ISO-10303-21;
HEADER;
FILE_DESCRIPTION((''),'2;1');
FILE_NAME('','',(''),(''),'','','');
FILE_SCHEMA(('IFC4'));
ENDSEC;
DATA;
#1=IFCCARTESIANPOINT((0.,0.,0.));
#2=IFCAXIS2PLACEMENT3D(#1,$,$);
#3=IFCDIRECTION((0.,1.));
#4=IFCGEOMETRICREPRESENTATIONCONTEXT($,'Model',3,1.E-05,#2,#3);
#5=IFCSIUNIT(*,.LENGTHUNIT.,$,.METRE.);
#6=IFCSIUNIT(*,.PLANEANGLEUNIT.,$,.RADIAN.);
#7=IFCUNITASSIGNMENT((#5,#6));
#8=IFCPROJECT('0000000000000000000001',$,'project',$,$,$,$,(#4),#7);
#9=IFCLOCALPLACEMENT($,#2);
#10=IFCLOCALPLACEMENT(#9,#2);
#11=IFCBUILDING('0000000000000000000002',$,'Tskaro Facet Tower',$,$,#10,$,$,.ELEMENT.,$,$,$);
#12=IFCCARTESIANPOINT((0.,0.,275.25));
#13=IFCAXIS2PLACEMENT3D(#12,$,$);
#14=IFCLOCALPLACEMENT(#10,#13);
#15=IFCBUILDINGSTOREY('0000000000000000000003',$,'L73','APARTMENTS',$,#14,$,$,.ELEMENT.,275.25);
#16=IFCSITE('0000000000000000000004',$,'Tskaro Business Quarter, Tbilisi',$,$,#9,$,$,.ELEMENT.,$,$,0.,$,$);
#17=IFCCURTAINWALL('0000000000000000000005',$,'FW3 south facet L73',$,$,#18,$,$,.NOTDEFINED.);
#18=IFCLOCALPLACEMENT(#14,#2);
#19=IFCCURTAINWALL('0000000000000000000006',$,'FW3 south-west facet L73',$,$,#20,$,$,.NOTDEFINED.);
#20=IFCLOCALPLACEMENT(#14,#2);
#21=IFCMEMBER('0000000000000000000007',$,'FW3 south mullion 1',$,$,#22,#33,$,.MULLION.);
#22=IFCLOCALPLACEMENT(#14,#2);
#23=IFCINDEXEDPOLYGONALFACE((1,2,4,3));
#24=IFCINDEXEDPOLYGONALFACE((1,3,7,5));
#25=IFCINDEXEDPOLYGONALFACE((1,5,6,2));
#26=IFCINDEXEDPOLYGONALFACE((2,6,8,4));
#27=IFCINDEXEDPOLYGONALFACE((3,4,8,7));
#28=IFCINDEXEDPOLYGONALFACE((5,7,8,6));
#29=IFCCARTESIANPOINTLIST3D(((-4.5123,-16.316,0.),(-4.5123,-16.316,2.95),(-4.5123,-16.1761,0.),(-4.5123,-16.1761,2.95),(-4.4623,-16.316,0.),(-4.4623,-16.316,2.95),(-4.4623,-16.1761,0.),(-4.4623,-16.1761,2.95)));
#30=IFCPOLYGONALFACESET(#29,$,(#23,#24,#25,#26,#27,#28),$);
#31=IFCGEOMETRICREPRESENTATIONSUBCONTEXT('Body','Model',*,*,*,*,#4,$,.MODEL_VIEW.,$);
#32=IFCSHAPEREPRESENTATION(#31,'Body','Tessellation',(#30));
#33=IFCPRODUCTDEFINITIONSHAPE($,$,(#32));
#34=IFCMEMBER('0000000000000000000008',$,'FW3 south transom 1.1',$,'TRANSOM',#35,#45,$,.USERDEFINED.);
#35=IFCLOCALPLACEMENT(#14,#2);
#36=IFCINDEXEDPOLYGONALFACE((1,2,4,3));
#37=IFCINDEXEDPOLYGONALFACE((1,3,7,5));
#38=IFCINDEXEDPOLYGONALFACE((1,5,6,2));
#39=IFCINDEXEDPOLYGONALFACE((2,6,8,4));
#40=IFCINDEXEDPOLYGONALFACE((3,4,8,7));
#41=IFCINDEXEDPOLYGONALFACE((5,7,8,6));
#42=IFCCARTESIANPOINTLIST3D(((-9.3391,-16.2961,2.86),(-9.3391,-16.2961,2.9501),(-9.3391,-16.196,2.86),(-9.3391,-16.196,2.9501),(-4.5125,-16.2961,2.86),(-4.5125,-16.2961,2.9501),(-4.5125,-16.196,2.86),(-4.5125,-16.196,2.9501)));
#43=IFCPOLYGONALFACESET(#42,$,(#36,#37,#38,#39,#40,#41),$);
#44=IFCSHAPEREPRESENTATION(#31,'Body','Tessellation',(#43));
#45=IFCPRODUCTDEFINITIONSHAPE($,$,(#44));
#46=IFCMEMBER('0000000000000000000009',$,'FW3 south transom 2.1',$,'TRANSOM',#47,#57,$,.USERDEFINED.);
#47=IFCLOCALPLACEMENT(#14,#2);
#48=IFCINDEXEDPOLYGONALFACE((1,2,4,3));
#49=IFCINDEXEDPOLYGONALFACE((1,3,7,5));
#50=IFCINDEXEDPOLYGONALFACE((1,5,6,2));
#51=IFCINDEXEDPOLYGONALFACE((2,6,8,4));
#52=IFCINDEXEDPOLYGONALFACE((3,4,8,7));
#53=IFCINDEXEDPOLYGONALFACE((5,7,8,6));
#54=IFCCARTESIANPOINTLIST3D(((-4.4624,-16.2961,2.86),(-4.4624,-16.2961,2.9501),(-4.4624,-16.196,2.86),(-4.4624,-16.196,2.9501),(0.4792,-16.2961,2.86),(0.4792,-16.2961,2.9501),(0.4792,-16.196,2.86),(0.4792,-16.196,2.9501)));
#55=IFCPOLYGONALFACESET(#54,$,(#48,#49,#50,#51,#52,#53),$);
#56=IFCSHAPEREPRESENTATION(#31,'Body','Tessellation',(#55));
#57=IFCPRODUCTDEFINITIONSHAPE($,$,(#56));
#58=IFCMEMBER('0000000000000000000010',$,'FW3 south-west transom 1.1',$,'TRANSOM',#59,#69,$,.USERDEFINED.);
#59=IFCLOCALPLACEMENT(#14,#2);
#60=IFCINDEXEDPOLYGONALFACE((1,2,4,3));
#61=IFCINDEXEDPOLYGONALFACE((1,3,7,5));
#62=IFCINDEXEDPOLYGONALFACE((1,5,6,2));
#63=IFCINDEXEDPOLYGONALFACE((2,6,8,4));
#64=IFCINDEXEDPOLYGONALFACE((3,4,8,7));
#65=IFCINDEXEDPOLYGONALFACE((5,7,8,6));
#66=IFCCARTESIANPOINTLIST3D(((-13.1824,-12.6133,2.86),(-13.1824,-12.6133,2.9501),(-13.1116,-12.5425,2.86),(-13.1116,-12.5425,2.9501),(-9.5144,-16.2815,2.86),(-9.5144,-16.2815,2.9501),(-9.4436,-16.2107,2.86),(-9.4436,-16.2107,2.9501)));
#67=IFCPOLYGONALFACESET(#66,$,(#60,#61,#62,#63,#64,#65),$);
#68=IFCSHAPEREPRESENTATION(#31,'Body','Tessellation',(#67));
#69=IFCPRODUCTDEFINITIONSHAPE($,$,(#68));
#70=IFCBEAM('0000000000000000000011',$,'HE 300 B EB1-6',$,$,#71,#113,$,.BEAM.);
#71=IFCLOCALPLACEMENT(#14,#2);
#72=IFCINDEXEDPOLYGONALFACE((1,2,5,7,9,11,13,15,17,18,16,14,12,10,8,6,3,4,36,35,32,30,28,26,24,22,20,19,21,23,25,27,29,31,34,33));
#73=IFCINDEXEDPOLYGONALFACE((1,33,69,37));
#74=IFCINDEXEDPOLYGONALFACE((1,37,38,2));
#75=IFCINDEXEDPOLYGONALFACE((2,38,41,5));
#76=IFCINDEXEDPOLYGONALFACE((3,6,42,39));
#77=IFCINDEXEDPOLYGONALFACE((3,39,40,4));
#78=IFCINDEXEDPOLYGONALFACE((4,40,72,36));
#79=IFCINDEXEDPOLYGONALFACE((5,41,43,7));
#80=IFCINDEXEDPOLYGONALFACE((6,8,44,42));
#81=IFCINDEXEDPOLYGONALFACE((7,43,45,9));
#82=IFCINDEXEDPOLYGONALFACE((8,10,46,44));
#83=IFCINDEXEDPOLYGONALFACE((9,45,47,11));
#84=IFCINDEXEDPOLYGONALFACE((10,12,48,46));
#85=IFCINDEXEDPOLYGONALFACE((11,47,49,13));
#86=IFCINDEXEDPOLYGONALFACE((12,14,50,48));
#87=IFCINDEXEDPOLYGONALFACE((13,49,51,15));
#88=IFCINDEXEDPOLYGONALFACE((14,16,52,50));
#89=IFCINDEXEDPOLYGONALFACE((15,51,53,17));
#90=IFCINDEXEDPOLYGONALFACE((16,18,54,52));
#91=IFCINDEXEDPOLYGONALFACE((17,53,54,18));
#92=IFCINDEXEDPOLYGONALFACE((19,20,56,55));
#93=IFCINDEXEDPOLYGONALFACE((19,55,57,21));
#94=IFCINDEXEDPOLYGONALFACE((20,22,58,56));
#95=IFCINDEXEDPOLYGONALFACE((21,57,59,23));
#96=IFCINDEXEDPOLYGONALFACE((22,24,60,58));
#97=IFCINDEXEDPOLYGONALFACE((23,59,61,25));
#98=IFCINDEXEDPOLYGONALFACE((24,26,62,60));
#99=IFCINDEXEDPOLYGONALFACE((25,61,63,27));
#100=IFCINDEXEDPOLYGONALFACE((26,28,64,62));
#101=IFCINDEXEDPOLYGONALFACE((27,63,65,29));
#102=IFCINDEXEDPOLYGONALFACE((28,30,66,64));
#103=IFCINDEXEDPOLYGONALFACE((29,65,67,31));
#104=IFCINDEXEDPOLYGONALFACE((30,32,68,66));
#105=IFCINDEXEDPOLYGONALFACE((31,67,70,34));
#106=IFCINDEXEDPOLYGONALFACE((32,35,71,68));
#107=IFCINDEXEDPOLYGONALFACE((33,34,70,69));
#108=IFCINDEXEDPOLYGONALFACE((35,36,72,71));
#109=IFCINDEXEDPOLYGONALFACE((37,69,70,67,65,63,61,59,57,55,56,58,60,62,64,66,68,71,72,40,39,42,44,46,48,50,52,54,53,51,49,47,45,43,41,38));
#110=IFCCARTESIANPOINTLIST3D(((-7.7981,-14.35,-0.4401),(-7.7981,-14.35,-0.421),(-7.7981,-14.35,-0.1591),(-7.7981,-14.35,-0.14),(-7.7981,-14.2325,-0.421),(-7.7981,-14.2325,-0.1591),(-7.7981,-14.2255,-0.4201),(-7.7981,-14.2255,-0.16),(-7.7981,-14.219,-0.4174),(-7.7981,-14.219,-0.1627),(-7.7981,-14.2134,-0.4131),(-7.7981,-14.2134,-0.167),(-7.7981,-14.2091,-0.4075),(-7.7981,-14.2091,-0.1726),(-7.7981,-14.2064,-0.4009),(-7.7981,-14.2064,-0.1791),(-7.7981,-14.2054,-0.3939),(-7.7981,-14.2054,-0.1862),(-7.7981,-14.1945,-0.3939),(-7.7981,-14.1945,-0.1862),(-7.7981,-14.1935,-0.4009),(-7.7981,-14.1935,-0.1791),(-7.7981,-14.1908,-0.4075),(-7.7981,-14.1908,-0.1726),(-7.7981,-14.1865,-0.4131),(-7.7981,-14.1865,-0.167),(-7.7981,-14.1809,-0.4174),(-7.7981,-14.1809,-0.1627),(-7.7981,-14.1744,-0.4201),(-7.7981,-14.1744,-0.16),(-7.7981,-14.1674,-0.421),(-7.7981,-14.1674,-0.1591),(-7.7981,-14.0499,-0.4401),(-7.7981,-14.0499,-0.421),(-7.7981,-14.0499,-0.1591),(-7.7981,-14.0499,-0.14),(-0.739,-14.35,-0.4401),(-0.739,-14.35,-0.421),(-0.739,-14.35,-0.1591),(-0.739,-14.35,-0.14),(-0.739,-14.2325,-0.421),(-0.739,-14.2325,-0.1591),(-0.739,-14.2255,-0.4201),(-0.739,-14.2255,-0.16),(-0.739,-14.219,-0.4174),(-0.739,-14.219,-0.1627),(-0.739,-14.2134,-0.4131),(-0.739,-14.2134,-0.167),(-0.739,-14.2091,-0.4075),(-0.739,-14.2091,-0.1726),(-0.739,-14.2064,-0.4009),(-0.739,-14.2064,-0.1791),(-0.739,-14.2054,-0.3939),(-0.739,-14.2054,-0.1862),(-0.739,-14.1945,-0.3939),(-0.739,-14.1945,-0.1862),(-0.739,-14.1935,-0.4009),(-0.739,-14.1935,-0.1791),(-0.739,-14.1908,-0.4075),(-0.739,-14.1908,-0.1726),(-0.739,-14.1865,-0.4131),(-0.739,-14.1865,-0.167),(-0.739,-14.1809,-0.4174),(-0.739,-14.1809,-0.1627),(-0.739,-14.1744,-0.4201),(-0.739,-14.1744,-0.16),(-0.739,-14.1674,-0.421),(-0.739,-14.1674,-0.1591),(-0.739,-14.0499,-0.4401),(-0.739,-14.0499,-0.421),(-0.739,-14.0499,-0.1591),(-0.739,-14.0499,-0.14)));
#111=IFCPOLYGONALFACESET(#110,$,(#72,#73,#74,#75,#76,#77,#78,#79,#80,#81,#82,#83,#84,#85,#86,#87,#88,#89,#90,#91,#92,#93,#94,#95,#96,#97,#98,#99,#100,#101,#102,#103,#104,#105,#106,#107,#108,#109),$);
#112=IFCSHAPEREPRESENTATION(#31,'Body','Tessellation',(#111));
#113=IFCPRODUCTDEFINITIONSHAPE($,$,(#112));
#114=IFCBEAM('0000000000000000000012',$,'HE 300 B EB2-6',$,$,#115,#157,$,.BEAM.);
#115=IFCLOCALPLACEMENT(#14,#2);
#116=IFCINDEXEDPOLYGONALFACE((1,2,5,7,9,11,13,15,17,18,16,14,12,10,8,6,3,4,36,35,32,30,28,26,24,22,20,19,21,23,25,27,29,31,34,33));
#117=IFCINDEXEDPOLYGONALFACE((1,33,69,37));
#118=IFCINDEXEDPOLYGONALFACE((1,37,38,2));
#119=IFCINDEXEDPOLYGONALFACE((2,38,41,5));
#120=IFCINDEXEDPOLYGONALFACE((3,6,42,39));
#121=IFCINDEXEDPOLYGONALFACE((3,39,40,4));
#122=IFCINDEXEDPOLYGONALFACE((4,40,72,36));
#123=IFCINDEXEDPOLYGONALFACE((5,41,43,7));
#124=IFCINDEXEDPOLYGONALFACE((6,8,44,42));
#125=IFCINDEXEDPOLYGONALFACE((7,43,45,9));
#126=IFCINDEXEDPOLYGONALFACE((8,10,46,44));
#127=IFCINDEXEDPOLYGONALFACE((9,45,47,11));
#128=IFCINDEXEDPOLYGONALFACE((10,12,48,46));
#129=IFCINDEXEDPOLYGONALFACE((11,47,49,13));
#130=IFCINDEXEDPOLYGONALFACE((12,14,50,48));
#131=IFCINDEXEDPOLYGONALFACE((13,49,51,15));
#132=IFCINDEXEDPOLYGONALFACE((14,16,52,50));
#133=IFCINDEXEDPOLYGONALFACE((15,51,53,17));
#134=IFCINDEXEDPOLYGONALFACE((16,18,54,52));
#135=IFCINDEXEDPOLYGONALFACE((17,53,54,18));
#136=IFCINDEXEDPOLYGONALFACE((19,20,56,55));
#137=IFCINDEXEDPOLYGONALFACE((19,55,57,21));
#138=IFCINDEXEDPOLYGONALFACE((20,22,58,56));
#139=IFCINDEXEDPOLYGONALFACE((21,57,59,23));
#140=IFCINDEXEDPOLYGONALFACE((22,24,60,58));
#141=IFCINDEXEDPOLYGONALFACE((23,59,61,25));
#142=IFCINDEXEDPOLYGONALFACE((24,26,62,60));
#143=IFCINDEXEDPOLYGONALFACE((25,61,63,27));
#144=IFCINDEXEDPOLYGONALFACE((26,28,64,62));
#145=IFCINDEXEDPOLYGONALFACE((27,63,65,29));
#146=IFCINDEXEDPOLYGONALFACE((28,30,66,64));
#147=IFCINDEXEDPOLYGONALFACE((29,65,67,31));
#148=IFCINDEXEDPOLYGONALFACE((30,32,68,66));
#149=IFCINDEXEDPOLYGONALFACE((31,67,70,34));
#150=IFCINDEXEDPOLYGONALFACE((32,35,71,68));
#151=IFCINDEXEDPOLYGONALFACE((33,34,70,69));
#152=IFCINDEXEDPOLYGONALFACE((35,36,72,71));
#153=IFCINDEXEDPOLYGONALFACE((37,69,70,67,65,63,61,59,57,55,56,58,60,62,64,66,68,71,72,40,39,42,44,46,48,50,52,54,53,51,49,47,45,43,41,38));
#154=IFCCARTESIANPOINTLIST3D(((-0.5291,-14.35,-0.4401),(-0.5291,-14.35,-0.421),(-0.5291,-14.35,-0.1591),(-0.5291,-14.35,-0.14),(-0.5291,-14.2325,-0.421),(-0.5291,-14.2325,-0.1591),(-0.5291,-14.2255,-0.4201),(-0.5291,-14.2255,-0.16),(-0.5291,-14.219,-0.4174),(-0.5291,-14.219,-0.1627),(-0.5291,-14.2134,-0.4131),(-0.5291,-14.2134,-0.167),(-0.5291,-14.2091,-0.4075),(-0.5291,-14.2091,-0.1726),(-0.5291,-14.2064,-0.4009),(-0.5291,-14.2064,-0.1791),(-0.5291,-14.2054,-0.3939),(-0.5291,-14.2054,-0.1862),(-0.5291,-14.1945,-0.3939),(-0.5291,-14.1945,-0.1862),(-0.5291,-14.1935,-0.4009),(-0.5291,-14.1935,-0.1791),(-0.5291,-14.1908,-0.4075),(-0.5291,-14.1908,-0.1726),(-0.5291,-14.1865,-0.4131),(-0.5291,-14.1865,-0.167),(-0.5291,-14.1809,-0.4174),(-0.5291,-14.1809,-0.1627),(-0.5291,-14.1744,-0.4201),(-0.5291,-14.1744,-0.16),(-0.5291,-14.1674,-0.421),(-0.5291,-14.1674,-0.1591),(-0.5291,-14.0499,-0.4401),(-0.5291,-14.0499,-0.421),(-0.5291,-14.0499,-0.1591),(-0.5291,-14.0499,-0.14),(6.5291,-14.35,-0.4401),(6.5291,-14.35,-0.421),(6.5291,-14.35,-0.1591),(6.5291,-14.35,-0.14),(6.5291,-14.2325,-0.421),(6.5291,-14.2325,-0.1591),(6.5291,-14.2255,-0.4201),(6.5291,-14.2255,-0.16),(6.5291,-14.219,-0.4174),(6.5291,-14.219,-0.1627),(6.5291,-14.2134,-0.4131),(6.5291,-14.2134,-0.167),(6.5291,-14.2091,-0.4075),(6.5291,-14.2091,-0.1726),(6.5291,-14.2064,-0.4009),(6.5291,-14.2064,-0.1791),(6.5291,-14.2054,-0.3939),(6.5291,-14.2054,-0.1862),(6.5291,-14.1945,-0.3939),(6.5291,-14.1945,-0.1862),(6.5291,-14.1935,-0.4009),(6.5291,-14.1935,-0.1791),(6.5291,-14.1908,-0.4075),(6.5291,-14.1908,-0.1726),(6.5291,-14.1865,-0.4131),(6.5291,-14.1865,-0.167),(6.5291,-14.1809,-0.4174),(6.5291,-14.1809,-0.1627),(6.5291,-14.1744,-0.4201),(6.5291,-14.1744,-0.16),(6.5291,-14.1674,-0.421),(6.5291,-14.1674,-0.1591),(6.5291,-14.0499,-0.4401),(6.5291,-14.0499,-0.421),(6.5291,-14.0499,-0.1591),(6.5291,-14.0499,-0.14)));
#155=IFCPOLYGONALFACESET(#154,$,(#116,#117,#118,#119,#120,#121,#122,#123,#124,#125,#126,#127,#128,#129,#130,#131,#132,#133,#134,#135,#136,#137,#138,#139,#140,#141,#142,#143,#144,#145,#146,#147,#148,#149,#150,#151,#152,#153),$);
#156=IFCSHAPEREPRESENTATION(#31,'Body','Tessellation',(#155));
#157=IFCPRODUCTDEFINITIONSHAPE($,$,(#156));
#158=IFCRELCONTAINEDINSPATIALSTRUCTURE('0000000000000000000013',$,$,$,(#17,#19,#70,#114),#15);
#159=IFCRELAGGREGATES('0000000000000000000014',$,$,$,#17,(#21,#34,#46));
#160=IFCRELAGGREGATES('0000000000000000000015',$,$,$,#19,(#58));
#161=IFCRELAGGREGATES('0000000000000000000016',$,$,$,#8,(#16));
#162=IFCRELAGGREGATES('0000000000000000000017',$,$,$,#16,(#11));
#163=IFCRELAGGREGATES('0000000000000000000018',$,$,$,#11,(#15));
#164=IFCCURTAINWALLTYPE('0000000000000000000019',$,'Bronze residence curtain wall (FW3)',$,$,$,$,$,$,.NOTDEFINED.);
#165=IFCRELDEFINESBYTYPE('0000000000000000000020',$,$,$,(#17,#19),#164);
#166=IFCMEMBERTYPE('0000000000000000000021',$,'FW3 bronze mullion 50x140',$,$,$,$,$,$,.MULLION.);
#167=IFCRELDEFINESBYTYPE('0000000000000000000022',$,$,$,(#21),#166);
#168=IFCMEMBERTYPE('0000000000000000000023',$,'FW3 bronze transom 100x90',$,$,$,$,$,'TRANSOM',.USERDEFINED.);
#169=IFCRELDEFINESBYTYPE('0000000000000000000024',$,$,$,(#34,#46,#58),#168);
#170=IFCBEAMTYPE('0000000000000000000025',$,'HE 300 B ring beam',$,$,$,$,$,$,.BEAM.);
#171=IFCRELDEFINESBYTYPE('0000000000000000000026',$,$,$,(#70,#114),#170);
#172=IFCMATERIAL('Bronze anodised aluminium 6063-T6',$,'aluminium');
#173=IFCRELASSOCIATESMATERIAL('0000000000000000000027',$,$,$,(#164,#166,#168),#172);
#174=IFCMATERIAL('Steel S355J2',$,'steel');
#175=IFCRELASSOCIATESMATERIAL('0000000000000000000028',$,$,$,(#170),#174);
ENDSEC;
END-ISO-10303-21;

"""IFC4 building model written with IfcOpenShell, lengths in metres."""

from ifc_helpers import new_model, si_unit, direction, frame, origin, origin_2d, place, context, subcontext, project, spatial, rectangle, i_section, extrude, material, material_profile, profile_set, type_object, element, aggregate, save


model = new_model("IFC4")

# Units and contexts
model_context = context("Model", 3, precision=1e-05, world=origin(), true_north=direction((0.0, 1.0)))
body_context = subcontext(model_context, "Body", "Model", "MODEL_VIEW")
ifc_project = project(units=[si_unit("LENGTHUNIT", "METRE"), si_unit("PLANEANGLEUNIT", "RADIAN")], contexts=[model_context])

# Site, building, storey
site_placement = place(None, origin())
site = spatial("IfcSite", under=ifc_project, at=site_placement, Name="Tskaro Business Quarter, Tbilisi", CompositionType="ELEMENT", RefElevation=0.0)
building_placement = place(site_placement, origin())
building = spatial("IfcBuilding", under=site, at=building_placement, Name="Tskaro Facet Tower", CompositionType="ELEMENT")
storey_placement = place(building_placement, frame((0.0, 0.0, 275.25)))
storey = spatial("IfcBuildingStorey", under=building, at=storey_placement, Name="L73", Description="APARTMENTS", CompositionType="ELEMENT", Elevation=275.25)

# Shared definitions
ifc_material_1 = material(Name="Steel S355J2", Category="steel")

# Curtain walls
ifc_material_2 = material(Name="Bronze anodised aluminium 6063-T6", Category="aluminium")
curtain_wall_type = type_object("IfcCurtainWallType", Name="Bronze residence curtain wall (FW3)", PredefinedType="NOTDEFINED", material=ifc_material_2)
curtain_wall_1_placement = place(storey_placement, origin())
curtain_wall_1 = element("IfcCurtainWall", 1, at=curtain_wall_1_placement, inside=storey, type_object=curtain_wall_type, Name="FW3 south facet L73", PredefinedType="NOTDEFINED")
curtain_wall_2_placement = place(storey_placement, origin())
curtain_wall_2 = element("IfcCurtainWall", 2, at=curtain_wall_2_placement, inside=storey, type_object=curtain_wall_type, Name="FW3 south-west facet L73", PredefinedType="NOTDEFINED")

# Members
ifc_material_profile_1 = material_profile(ifc_material_2, rectangle(XDim=0.05, YDim=0.1399, at=origin_2d()), Name="Mullion 50x140")
ifc_profile_set_1 = profile_set([ifc_material_profile_1], Name="Bronze anodised aluminium 6063-T6")
member_type_1 = type_object("IfcMemberType", Name="FW3 bronze mullion 50x140", PredefinedType="MULLION", material=ifc_profile_set_1)
member_1_placement = place(storey_placement, frame((-4.4873, -16.2461, 0.0), z_axis=(0.0, 0.0, 1.0), x_axis=(1.0, 0.0, 0.0)))
member_1 = element("IfcMember", 3, at=member_1_placement, type_object=member_type_1, Name="FW3 south mullion 1", PredefinedType="MULLION", context=body_context, shape_type="SweptSolid", body=[
    extrude(rectangle(XDim=0.05, YDim=0.1399, at=origin_2d()), origin(), (0.0, 0.0, 1.0), 2.95),
])
ifc_material_profile_2 = material_profile(ifc_material_2, rectangle(XDim=0.1001, YDim=0.0901, at=origin_2d()), Name="Transom 100x90")
ifc_profile_set_2 = profile_set([ifc_material_profile_2], Name="Bronze anodised aluminium 6063-T6")
member_type_2 = type_object("IfcMemberType", Name="FW3 bronze transom 100x90", ElementType="TRANSOM", PredefinedType="USERDEFINED", material=ifc_profile_set_2)
member_2_placement = place(storey_placement, frame((-9.3391, -16.2461, 2.905), z_axis=(1.0, 0.0, 0.0), x_axis=(0.0, 1.0, 0.0)))
member_2 = element("IfcMember", 4, at=member_2_placement, type_object=member_type_2, Name="FW3 south transom 1.1", ObjectType="TRANSOM", PredefinedType="USERDEFINED", context=body_context, shape_type="SweptSolid", body=[
    extrude(rectangle(XDim=0.1001, YDim=0.0901, at=origin_2d()), origin(), (0.0, 0.0, 1.0), 4.8267),
])
member_3_placement = place(storey_placement, frame((-4.4624, -16.2461, 2.905), z_axis=(1.0, 0.0, 0.0), x_axis=(0.0, 1.0, 0.0)))
member_3 = element("IfcMember", 5, at=member_3_placement, type_object=member_type_2, Name="FW3 south transom 2.1", ObjectType="TRANSOM", PredefinedType="USERDEFINED", context=body_context, shape_type="SweptSolid", body=[
    extrude(rectangle(XDim=0.1001, YDim=0.0901, at=origin_2d()), origin(), (0.0, 0.0, 1.0), 4.9417),
])
member_4_placement = place(storey_placement, frame((-13.147, -12.5779, 2.905), z_axis=(0.707083, -0.70713, 0.0), x_axis=(0.70713, 0.707083, 0.0)))
member_4 = element("IfcMember", 6, at=member_4_placement, type_object=member_type_2, Name="FW3 south-west transom 1.1", ObjectType="TRANSOM", PredefinedType="USERDEFINED", context=body_context, shape_type="SweptSolid", body=[
    extrude(rectangle(XDim=0.1001, YDim=0.0901, at=origin_2d()), origin(), (0.0, 0.0, 1.0), 5.1875),
])

# Beams
ifc_material_profile_3 = material_profile(ifc_material_1, i_section(OverallWidth=0.3, OverallDepth=0.3, WebThickness=0.011, FlangeThickness=0.019, FilletRadius=0.0271, at=origin_2d()), Name="HE 300 B")
ifc_profile_set_3 = profile_set([ifc_material_profile_3], Name="Steel S355J2")
beam_type_1 = type_object("IfcBeamType", Name="HE 300 B ring beam", PredefinedType="BEAM", material=ifc_profile_set_3)
beam_1_placement = place(storey_placement, frame((-7.7981, -14.2, -0.29), z_axis=(1.0, 0.0, 0.0), x_axis=(0.0, 1.0, 0.0)))
element("IfcBeam", 7, at=beam_1_placement, inside=storey, type_object=beam_type_1, Name="HE 300 B EB1-6", PredefinedType="BEAM", context=body_context, shape_type="SweptSolid", body=[
    extrude(i_section(OverallWidth=0.3, OverallDepth=0.3, WebThickness=0.011, FlangeThickness=0.019, FilletRadius=0.0271, at=origin_2d()), origin(), (0.0, 0.0, 1.0), 7.0591),
])
beam_2_placement = place(storey_placement, frame((-0.5291, -14.2, -0.29), z_axis=(1.0, 0.0, 0.0), x_axis=(0.0, 1.0, 0.0)))
element("IfcBeam", 8, at=beam_2_placement, inside=storey, type_object=beam_type_1, Name="HE 300 B EB2-6", PredefinedType="BEAM", context=body_context, shape_type="SweptSolid", body=[
    extrude(i_section(OverallWidth=0.3, OverallDepth=0.3, WebThickness=0.011, FlangeThickness=0.019, FilletRadius=0.0271, at=origin_2d()), origin(), (0.0, 0.0, 1.0), 7.0581),
])

aggregate(curtain_wall_1, [member_1, member_2, member_3])
aggregate(curtain_wall_2, [member_4])

save(model, "model.ifc")
